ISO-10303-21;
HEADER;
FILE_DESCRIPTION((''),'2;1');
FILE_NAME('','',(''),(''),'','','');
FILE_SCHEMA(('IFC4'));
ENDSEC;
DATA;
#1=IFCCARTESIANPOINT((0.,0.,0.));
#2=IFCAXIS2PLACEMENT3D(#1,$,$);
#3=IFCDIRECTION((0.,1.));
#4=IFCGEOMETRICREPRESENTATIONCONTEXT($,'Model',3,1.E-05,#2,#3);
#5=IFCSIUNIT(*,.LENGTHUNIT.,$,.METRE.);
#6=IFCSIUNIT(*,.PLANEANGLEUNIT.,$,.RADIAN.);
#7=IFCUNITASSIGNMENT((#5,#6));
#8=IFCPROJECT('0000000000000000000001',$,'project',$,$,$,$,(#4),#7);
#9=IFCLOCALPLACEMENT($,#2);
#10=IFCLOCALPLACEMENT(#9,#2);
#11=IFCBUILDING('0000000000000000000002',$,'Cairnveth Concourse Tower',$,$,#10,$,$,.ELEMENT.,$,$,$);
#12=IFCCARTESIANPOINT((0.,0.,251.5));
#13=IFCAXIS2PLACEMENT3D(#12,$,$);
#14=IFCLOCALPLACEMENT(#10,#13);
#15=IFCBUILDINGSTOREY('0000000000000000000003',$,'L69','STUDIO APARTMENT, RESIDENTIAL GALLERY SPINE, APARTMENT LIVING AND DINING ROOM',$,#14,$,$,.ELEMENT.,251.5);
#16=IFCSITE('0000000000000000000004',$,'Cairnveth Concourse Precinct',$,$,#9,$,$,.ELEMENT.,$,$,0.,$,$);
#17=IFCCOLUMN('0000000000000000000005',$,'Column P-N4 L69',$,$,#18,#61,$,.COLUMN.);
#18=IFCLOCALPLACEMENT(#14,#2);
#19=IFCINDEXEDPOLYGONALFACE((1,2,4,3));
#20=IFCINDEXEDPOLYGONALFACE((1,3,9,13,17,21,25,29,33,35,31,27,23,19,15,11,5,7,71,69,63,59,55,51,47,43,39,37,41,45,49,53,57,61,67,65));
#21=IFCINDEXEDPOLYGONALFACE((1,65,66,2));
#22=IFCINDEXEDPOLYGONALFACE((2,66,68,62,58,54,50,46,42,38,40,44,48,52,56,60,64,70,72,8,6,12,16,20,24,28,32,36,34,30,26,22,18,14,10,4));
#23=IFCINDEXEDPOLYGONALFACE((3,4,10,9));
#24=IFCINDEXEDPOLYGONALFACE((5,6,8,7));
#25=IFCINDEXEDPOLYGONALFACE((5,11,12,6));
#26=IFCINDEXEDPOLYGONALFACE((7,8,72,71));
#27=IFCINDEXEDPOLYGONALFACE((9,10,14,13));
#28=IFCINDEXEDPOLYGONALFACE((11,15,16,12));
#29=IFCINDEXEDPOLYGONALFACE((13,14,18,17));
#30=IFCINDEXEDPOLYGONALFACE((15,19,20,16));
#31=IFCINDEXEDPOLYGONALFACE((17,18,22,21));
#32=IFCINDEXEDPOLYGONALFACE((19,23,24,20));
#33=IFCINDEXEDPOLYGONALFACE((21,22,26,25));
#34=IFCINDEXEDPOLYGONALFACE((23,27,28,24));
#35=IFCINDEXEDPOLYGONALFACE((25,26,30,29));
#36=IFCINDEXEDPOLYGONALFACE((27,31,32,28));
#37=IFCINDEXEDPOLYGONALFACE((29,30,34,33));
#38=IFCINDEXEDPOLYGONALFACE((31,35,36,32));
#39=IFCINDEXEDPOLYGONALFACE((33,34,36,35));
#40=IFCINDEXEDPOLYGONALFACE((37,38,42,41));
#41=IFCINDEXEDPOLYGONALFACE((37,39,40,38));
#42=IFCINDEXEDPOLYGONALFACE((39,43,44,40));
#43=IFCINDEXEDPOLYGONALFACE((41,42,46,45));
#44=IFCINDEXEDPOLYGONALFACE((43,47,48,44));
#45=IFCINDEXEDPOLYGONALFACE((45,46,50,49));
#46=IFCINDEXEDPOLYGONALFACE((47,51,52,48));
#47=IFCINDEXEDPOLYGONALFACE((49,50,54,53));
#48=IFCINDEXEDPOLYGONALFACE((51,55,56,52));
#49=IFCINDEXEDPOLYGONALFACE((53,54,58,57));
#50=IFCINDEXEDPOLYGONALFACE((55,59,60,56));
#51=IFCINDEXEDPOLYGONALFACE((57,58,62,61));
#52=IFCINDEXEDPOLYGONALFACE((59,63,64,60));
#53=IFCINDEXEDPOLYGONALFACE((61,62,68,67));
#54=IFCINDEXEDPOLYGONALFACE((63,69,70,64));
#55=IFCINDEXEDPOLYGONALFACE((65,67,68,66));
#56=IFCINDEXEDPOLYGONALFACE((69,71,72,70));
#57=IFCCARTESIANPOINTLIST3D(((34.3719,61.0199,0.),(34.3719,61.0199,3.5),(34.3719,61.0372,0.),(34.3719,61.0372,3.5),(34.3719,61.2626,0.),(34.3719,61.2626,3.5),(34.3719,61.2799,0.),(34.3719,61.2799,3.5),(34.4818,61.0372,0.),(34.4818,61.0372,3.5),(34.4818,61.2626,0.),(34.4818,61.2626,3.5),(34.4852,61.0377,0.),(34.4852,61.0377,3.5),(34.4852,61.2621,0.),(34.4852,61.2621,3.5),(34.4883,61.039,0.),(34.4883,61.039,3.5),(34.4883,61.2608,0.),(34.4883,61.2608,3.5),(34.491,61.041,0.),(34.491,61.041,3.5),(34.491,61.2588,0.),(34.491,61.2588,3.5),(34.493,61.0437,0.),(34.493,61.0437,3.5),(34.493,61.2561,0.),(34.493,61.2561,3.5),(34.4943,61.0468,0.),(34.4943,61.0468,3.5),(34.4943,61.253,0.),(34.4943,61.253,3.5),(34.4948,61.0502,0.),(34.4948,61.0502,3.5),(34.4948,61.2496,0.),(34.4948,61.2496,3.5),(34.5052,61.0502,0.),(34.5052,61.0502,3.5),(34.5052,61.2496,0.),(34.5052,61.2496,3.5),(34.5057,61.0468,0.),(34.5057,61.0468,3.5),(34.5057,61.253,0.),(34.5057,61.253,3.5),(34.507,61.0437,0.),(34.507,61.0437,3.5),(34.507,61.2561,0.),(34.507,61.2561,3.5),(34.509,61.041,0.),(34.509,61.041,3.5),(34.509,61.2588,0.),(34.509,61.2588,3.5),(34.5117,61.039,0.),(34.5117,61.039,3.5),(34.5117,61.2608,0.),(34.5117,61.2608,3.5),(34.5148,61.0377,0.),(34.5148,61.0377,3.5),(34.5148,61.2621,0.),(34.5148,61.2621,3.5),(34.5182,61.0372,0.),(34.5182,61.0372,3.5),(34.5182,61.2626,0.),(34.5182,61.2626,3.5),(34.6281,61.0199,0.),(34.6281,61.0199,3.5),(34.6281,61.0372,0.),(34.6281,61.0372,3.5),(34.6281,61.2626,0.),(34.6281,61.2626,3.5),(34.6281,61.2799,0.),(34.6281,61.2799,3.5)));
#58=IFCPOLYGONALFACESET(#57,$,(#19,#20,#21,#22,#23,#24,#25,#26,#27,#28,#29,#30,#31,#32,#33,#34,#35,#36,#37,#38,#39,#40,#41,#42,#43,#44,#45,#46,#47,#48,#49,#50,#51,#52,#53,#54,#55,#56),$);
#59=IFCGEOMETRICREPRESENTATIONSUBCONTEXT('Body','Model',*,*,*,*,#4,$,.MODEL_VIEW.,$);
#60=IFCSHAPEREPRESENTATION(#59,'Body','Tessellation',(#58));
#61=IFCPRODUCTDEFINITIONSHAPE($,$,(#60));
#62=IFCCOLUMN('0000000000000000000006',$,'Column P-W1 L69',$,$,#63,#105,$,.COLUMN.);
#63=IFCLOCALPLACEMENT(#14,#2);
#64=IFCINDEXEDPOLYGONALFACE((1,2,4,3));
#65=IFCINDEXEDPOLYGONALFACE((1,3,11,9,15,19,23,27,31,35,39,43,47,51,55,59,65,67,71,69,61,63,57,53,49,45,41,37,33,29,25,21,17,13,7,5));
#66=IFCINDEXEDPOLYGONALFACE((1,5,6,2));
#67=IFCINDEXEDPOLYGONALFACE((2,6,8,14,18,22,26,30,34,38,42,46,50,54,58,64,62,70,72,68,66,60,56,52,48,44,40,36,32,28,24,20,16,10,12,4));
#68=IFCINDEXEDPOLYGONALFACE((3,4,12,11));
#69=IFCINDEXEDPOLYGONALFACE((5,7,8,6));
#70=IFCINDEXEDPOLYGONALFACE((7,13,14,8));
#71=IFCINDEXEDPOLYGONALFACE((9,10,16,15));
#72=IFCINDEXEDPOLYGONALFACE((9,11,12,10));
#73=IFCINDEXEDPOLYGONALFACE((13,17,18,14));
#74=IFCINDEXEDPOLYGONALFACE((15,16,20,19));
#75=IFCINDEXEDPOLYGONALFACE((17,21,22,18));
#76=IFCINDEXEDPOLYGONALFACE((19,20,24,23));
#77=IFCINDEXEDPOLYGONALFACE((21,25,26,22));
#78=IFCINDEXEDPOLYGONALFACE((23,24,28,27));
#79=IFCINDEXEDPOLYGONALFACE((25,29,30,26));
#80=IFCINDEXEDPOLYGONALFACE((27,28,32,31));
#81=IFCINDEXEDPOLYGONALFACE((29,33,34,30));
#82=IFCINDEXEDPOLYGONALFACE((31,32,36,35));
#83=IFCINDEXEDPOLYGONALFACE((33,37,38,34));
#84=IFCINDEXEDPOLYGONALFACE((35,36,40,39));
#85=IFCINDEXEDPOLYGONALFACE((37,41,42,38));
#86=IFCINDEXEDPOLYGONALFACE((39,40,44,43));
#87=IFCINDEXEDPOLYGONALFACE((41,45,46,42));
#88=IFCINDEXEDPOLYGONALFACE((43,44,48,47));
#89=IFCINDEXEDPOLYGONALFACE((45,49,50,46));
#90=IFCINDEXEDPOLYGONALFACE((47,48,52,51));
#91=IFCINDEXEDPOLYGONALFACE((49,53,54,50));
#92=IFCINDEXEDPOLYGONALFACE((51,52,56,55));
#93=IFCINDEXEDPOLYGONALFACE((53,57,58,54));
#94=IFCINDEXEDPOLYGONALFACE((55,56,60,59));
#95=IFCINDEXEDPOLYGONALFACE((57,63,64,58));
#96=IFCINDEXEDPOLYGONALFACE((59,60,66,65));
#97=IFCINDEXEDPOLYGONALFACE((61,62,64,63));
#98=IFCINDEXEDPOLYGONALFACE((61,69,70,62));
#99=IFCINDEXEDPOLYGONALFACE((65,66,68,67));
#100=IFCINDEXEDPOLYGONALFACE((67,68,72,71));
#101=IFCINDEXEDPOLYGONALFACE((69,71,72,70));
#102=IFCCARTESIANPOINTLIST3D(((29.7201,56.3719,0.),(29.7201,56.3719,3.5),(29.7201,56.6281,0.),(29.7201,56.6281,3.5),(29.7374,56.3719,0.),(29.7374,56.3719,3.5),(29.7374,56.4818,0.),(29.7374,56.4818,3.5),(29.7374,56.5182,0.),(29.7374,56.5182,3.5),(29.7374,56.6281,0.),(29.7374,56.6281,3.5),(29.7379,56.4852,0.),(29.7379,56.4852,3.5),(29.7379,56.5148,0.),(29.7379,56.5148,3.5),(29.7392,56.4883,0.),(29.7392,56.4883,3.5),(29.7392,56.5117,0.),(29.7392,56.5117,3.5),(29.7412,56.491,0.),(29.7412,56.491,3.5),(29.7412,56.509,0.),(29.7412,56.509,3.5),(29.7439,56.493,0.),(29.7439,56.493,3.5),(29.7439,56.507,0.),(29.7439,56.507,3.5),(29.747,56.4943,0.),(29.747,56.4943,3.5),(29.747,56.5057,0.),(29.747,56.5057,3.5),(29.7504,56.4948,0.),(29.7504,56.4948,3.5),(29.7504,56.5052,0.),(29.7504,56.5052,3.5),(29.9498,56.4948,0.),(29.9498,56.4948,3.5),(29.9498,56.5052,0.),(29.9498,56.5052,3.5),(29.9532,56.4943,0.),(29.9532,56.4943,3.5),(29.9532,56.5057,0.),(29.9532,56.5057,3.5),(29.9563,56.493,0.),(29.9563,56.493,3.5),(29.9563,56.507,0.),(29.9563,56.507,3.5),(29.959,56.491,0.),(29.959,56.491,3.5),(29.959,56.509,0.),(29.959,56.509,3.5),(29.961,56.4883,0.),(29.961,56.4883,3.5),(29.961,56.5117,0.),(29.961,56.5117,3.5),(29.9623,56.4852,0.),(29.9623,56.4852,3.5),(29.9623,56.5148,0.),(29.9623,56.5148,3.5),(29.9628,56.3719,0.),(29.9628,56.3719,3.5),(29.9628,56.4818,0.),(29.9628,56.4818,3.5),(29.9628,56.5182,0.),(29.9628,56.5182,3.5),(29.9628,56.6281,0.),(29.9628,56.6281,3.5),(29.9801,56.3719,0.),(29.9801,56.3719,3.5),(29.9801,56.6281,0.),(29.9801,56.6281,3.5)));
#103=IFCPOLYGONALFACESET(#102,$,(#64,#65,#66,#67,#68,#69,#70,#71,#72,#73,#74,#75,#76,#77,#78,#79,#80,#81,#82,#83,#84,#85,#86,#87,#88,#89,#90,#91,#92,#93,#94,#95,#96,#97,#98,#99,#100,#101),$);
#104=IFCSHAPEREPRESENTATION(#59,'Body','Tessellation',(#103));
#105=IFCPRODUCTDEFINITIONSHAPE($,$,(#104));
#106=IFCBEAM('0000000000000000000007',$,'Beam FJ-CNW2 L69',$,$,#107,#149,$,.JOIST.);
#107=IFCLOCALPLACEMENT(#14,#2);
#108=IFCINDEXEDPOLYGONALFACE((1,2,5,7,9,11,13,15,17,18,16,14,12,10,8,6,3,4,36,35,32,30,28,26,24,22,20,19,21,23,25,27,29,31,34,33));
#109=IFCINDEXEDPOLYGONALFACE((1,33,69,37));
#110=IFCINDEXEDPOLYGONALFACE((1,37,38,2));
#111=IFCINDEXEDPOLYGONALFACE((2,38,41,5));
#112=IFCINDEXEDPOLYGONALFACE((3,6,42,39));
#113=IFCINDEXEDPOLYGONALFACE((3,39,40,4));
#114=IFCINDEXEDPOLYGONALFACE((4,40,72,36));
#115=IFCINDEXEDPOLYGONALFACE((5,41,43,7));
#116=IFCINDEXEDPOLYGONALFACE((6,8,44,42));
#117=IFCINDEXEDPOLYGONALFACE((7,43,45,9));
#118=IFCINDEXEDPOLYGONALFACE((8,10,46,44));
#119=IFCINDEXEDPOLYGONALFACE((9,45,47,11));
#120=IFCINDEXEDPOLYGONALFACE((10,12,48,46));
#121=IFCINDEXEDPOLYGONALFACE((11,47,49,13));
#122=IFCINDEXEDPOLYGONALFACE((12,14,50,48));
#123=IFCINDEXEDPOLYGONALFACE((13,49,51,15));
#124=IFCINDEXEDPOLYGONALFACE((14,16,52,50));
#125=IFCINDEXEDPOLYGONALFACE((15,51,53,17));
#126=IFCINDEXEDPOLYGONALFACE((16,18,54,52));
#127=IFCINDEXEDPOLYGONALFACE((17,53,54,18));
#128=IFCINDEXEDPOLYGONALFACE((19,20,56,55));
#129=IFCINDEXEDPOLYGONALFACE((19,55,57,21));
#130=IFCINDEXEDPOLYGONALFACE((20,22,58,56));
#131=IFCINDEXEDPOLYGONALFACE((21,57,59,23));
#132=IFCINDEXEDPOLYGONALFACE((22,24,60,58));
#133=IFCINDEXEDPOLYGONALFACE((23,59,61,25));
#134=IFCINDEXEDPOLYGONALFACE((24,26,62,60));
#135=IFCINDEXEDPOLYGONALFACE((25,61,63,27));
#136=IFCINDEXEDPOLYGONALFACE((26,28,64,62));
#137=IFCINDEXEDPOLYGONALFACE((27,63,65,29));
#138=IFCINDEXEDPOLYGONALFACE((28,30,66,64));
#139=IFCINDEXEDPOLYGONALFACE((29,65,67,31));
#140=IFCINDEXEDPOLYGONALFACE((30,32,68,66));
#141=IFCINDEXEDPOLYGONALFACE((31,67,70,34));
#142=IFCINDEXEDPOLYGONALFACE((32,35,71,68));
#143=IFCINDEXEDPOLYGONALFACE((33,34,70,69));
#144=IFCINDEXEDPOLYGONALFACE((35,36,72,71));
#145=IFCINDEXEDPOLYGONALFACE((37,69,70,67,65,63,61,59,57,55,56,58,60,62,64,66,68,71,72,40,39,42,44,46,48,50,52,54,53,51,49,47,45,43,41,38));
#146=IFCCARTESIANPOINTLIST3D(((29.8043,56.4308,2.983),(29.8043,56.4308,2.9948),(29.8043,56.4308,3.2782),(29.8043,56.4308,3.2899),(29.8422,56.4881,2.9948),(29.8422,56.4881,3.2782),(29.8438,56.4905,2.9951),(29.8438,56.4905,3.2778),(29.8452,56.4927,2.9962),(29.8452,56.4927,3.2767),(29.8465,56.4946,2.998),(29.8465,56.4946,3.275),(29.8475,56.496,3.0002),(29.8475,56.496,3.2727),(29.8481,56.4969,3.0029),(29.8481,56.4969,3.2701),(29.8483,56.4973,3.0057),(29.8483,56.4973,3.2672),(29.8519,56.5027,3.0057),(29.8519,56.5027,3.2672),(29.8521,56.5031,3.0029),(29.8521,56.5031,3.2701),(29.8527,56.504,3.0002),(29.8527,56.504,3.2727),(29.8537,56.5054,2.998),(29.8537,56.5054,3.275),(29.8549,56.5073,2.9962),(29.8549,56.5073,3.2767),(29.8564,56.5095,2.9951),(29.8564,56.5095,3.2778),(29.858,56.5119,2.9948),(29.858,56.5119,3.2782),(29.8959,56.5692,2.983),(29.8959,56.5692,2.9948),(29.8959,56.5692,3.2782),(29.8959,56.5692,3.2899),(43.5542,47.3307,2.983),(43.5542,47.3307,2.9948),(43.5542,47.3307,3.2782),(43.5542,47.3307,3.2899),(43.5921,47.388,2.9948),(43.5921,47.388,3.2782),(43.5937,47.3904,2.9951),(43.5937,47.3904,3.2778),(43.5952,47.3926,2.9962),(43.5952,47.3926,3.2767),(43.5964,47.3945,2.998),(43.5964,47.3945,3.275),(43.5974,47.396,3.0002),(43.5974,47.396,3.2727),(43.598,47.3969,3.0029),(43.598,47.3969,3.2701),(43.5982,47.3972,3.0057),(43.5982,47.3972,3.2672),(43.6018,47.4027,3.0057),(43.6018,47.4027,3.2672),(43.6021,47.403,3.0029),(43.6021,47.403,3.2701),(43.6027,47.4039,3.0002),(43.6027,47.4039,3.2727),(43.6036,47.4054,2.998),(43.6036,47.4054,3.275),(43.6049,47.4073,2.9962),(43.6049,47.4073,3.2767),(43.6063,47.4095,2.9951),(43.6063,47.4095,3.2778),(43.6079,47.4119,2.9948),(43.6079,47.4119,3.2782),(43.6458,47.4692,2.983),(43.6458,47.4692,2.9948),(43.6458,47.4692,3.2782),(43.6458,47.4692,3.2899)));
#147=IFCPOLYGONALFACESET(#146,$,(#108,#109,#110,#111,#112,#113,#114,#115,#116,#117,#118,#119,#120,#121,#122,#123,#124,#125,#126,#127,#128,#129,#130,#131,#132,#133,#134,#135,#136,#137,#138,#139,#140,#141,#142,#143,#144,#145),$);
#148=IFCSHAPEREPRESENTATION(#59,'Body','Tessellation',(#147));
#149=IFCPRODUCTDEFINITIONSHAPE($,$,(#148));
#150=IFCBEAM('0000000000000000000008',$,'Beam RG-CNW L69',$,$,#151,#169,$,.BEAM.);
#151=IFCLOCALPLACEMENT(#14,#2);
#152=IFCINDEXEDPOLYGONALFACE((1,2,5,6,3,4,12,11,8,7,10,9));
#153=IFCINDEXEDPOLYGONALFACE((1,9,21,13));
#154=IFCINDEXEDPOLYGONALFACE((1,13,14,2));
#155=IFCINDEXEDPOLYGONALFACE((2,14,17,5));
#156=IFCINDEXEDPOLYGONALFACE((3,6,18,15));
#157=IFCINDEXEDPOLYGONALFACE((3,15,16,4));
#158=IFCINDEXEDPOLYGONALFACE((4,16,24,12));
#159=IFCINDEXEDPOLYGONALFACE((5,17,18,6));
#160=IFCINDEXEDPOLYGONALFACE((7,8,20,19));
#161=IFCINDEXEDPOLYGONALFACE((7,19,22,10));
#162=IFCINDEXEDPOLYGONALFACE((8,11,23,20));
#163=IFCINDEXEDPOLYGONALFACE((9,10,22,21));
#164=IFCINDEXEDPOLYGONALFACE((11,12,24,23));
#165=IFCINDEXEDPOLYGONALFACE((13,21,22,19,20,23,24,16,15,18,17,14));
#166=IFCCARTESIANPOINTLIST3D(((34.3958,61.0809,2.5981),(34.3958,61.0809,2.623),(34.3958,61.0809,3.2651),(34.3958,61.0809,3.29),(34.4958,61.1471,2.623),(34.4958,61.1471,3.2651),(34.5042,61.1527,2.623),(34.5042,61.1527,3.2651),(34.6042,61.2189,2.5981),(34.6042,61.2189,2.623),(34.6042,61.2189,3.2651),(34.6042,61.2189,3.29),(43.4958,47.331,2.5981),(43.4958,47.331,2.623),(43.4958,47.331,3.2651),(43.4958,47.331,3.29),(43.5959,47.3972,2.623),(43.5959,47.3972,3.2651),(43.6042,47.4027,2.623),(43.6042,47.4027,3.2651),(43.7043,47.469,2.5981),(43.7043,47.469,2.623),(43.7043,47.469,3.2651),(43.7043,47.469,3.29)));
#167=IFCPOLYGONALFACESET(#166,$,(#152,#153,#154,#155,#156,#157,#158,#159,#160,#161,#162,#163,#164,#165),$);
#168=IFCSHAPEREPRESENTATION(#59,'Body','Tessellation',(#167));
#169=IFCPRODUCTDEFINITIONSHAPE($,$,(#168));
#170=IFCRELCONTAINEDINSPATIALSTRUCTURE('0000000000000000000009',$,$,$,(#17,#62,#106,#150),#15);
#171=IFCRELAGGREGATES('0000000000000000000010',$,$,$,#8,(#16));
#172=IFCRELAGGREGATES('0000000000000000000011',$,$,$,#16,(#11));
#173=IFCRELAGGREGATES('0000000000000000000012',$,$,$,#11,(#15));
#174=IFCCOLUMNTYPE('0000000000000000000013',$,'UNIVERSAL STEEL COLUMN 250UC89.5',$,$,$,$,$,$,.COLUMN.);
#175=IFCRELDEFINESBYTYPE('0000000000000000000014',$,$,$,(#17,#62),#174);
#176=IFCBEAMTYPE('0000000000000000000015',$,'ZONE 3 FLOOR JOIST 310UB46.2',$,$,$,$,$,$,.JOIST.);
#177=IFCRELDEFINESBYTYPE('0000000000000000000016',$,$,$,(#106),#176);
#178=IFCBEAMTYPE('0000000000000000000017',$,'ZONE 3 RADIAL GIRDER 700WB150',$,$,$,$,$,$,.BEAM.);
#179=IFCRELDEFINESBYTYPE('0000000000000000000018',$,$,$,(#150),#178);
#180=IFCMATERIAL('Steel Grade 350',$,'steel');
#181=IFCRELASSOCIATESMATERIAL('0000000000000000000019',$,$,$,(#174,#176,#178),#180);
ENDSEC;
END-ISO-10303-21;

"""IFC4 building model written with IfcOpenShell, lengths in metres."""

from ifc_helpers import new_model, si_unit, direction, frame, origin, origin_2d, place, context, subcontext, project, spatial, i_section, extrude, material, material_profile, profile_set, type_object, element, save


model = new_model("IFC4")

# Units and contexts
model_context = context("Model", 3, precision=1e-05, world=origin(), true_north=direction((0.0, 1.0)))
body_context = subcontext(model_context, "Body", "Model", "MODEL_VIEW")
ifc_project = project(units=[si_unit("LENGTHUNIT", "METRE"), si_unit("PLANEANGLEUNIT", "RADIAN")], contexts=[model_context])

# Site, building, storey
site_placement = place(None, origin())
site = spatial("IfcSite", under=ifc_project, at=site_placement, Name="Cairnveth Concourse Precinct", CompositionType="ELEMENT", RefElevation=0.0)
building_placement = place(site_placement, origin())
building = spatial("IfcBuilding", under=site, at=building_placement, Name="Cairnveth Concourse Tower", CompositionType="ELEMENT")
storey_placement = place(building_placement, frame((0.0, 0.0, 251.5)))
storey = spatial("IfcBuildingStorey", under=building, at=storey_placement, Name="L69", Description="STUDIO APARTMENT, RESIDENTIAL GALLERY SPINE, APARTMENT LIVING AND DINING ROOM", CompositionType="ELEMENT", Elevation=251.5)

# Columns
ifc_material_1 = material(Name="Steel Grade 350", Category="steel")
ifc_material_profile_1 = material_profile(ifc_material_1, i_section(OverallWidth=0.2561, OverallDepth=0.26, WebThickness=0.0105, FlangeThickness=0.0173, FilletRadius=0.0129, at=origin_2d()), Name="250UC89.5")
ifc_profile_set_1 = profile_set([ifc_material_profile_1], Name="Steel Grade 350")
column_type = type_object("IfcColumnType", Name="UNIVERSAL STEEL COLUMN 250UC89.5", PredefinedType="COLUMN", material=ifc_profile_set_1)
for number, where, z_axis, x_axis, name in (
    (1, (34.5, 61.1499, 0.0), (0.0, 0.0, 1.0), (1.0, 0.0, 0.0), "Column P-N4 L69"),
    (2, (29.8501, 56.5, 0.0), (0.0, 0.0, 1.0), (0.0, 1.0, 0.0), "Column P-W1 L69"),
):
    element("IfcColumn", number, at=place(storey_placement, frame(where, z_axis=z_axis, x_axis=x_axis)), inside=storey, type_object=column_type, Name=name, PredefinedType="COLUMN", context=body_context, shape_type="SweptSolid", body=[
        extrude(i_section(OverallWidth=0.2561, OverallDepth=0.26, WebThickness=0.0105, FlangeThickness=0.0173, FilletRadius=0.0129, at=origin_2d()), origin(), (0.0, 0.0, 1.0), 3.5),
    ])

# Beams
ifc_material_profile_2 = material_profile(ifc_material_1, i_section(OverallWidth=0.166, OverallDepth=0.3069, WebThickness=0.0066, FlangeThickness=0.0117, FilletRadius=0.011, at=origin_2d()), Name="310UB46.2")
ifc_profile_set_2 = profile_set([ifc_material_profile_2], Name="Steel Grade 350")
beam_type_1 = type_object("IfcBeamType", Name="ZONE 3 FLOOR JOIST 310UB46.2", PredefinedType="JOIST", material=ifc_profile_set_2)
beam_1_placement = place(storey_placement, frame((29.8501, 56.5, 3.1365), z_axis=(0.833909, -0.551902, 0.0), x_axis=(0.551902, 0.833909, 0.0)))
element("IfcBeam", 3, at=beam_1_placement, inside=storey, type_object=beam_type_1, Name="Beam FJ-CNW2 L69", PredefinedType="JOIST", context=body_context, shape_type="SweptSolid", body=[
    extrude(i_section(OverallWidth=0.166, OverallDepth=0.3069, WebThickness=0.0066, FlangeThickness=0.0117, FilletRadius=0.011, at=origin_2d()), origin(), (0.0, 0.0, 1.0), 16.4885),
])
ifc_material_profile_3 = material_profile(ifc_material_1, i_section(OverallWidth=0.25, OverallDepth=0.6919, WebThickness=0.01, FlangeThickness=0.0249, at=origin_2d()), Name="700WB150")
ifc_profile_set_3 = profile_set([ifc_material_profile_3], Name="Steel Grade 350")
beam_type_2 = type_object("IfcBeamType", Name="ZONE 3 RADIAL GIRDER 700WB150", PredefinedType="BEAM", material=ifc_profile_set_3)
beam_2_placement = place(storey_placement, frame((34.5, 61.1499, 2.9441), z_axis=(0.551902, -0.833909, 0.0), x_axis=(0.833909, 0.551902, 0.0)))
element("IfcBeam", 4, at=beam_2_placement, inside=storey, type_object=beam_type_2, Name="Beam RG-CNW L69", PredefinedType="BEAM", context=body_context, shape_type="SweptSolid", body=[
    extrude(i_section(OverallWidth=0.25, OverallDepth=0.6919, WebThickness=0.01, FlangeThickness=0.0249, at=origin_2d()), origin(), (0.0, 0.0, 1.0), 16.4885),
])

save(model, "model.ifc")
